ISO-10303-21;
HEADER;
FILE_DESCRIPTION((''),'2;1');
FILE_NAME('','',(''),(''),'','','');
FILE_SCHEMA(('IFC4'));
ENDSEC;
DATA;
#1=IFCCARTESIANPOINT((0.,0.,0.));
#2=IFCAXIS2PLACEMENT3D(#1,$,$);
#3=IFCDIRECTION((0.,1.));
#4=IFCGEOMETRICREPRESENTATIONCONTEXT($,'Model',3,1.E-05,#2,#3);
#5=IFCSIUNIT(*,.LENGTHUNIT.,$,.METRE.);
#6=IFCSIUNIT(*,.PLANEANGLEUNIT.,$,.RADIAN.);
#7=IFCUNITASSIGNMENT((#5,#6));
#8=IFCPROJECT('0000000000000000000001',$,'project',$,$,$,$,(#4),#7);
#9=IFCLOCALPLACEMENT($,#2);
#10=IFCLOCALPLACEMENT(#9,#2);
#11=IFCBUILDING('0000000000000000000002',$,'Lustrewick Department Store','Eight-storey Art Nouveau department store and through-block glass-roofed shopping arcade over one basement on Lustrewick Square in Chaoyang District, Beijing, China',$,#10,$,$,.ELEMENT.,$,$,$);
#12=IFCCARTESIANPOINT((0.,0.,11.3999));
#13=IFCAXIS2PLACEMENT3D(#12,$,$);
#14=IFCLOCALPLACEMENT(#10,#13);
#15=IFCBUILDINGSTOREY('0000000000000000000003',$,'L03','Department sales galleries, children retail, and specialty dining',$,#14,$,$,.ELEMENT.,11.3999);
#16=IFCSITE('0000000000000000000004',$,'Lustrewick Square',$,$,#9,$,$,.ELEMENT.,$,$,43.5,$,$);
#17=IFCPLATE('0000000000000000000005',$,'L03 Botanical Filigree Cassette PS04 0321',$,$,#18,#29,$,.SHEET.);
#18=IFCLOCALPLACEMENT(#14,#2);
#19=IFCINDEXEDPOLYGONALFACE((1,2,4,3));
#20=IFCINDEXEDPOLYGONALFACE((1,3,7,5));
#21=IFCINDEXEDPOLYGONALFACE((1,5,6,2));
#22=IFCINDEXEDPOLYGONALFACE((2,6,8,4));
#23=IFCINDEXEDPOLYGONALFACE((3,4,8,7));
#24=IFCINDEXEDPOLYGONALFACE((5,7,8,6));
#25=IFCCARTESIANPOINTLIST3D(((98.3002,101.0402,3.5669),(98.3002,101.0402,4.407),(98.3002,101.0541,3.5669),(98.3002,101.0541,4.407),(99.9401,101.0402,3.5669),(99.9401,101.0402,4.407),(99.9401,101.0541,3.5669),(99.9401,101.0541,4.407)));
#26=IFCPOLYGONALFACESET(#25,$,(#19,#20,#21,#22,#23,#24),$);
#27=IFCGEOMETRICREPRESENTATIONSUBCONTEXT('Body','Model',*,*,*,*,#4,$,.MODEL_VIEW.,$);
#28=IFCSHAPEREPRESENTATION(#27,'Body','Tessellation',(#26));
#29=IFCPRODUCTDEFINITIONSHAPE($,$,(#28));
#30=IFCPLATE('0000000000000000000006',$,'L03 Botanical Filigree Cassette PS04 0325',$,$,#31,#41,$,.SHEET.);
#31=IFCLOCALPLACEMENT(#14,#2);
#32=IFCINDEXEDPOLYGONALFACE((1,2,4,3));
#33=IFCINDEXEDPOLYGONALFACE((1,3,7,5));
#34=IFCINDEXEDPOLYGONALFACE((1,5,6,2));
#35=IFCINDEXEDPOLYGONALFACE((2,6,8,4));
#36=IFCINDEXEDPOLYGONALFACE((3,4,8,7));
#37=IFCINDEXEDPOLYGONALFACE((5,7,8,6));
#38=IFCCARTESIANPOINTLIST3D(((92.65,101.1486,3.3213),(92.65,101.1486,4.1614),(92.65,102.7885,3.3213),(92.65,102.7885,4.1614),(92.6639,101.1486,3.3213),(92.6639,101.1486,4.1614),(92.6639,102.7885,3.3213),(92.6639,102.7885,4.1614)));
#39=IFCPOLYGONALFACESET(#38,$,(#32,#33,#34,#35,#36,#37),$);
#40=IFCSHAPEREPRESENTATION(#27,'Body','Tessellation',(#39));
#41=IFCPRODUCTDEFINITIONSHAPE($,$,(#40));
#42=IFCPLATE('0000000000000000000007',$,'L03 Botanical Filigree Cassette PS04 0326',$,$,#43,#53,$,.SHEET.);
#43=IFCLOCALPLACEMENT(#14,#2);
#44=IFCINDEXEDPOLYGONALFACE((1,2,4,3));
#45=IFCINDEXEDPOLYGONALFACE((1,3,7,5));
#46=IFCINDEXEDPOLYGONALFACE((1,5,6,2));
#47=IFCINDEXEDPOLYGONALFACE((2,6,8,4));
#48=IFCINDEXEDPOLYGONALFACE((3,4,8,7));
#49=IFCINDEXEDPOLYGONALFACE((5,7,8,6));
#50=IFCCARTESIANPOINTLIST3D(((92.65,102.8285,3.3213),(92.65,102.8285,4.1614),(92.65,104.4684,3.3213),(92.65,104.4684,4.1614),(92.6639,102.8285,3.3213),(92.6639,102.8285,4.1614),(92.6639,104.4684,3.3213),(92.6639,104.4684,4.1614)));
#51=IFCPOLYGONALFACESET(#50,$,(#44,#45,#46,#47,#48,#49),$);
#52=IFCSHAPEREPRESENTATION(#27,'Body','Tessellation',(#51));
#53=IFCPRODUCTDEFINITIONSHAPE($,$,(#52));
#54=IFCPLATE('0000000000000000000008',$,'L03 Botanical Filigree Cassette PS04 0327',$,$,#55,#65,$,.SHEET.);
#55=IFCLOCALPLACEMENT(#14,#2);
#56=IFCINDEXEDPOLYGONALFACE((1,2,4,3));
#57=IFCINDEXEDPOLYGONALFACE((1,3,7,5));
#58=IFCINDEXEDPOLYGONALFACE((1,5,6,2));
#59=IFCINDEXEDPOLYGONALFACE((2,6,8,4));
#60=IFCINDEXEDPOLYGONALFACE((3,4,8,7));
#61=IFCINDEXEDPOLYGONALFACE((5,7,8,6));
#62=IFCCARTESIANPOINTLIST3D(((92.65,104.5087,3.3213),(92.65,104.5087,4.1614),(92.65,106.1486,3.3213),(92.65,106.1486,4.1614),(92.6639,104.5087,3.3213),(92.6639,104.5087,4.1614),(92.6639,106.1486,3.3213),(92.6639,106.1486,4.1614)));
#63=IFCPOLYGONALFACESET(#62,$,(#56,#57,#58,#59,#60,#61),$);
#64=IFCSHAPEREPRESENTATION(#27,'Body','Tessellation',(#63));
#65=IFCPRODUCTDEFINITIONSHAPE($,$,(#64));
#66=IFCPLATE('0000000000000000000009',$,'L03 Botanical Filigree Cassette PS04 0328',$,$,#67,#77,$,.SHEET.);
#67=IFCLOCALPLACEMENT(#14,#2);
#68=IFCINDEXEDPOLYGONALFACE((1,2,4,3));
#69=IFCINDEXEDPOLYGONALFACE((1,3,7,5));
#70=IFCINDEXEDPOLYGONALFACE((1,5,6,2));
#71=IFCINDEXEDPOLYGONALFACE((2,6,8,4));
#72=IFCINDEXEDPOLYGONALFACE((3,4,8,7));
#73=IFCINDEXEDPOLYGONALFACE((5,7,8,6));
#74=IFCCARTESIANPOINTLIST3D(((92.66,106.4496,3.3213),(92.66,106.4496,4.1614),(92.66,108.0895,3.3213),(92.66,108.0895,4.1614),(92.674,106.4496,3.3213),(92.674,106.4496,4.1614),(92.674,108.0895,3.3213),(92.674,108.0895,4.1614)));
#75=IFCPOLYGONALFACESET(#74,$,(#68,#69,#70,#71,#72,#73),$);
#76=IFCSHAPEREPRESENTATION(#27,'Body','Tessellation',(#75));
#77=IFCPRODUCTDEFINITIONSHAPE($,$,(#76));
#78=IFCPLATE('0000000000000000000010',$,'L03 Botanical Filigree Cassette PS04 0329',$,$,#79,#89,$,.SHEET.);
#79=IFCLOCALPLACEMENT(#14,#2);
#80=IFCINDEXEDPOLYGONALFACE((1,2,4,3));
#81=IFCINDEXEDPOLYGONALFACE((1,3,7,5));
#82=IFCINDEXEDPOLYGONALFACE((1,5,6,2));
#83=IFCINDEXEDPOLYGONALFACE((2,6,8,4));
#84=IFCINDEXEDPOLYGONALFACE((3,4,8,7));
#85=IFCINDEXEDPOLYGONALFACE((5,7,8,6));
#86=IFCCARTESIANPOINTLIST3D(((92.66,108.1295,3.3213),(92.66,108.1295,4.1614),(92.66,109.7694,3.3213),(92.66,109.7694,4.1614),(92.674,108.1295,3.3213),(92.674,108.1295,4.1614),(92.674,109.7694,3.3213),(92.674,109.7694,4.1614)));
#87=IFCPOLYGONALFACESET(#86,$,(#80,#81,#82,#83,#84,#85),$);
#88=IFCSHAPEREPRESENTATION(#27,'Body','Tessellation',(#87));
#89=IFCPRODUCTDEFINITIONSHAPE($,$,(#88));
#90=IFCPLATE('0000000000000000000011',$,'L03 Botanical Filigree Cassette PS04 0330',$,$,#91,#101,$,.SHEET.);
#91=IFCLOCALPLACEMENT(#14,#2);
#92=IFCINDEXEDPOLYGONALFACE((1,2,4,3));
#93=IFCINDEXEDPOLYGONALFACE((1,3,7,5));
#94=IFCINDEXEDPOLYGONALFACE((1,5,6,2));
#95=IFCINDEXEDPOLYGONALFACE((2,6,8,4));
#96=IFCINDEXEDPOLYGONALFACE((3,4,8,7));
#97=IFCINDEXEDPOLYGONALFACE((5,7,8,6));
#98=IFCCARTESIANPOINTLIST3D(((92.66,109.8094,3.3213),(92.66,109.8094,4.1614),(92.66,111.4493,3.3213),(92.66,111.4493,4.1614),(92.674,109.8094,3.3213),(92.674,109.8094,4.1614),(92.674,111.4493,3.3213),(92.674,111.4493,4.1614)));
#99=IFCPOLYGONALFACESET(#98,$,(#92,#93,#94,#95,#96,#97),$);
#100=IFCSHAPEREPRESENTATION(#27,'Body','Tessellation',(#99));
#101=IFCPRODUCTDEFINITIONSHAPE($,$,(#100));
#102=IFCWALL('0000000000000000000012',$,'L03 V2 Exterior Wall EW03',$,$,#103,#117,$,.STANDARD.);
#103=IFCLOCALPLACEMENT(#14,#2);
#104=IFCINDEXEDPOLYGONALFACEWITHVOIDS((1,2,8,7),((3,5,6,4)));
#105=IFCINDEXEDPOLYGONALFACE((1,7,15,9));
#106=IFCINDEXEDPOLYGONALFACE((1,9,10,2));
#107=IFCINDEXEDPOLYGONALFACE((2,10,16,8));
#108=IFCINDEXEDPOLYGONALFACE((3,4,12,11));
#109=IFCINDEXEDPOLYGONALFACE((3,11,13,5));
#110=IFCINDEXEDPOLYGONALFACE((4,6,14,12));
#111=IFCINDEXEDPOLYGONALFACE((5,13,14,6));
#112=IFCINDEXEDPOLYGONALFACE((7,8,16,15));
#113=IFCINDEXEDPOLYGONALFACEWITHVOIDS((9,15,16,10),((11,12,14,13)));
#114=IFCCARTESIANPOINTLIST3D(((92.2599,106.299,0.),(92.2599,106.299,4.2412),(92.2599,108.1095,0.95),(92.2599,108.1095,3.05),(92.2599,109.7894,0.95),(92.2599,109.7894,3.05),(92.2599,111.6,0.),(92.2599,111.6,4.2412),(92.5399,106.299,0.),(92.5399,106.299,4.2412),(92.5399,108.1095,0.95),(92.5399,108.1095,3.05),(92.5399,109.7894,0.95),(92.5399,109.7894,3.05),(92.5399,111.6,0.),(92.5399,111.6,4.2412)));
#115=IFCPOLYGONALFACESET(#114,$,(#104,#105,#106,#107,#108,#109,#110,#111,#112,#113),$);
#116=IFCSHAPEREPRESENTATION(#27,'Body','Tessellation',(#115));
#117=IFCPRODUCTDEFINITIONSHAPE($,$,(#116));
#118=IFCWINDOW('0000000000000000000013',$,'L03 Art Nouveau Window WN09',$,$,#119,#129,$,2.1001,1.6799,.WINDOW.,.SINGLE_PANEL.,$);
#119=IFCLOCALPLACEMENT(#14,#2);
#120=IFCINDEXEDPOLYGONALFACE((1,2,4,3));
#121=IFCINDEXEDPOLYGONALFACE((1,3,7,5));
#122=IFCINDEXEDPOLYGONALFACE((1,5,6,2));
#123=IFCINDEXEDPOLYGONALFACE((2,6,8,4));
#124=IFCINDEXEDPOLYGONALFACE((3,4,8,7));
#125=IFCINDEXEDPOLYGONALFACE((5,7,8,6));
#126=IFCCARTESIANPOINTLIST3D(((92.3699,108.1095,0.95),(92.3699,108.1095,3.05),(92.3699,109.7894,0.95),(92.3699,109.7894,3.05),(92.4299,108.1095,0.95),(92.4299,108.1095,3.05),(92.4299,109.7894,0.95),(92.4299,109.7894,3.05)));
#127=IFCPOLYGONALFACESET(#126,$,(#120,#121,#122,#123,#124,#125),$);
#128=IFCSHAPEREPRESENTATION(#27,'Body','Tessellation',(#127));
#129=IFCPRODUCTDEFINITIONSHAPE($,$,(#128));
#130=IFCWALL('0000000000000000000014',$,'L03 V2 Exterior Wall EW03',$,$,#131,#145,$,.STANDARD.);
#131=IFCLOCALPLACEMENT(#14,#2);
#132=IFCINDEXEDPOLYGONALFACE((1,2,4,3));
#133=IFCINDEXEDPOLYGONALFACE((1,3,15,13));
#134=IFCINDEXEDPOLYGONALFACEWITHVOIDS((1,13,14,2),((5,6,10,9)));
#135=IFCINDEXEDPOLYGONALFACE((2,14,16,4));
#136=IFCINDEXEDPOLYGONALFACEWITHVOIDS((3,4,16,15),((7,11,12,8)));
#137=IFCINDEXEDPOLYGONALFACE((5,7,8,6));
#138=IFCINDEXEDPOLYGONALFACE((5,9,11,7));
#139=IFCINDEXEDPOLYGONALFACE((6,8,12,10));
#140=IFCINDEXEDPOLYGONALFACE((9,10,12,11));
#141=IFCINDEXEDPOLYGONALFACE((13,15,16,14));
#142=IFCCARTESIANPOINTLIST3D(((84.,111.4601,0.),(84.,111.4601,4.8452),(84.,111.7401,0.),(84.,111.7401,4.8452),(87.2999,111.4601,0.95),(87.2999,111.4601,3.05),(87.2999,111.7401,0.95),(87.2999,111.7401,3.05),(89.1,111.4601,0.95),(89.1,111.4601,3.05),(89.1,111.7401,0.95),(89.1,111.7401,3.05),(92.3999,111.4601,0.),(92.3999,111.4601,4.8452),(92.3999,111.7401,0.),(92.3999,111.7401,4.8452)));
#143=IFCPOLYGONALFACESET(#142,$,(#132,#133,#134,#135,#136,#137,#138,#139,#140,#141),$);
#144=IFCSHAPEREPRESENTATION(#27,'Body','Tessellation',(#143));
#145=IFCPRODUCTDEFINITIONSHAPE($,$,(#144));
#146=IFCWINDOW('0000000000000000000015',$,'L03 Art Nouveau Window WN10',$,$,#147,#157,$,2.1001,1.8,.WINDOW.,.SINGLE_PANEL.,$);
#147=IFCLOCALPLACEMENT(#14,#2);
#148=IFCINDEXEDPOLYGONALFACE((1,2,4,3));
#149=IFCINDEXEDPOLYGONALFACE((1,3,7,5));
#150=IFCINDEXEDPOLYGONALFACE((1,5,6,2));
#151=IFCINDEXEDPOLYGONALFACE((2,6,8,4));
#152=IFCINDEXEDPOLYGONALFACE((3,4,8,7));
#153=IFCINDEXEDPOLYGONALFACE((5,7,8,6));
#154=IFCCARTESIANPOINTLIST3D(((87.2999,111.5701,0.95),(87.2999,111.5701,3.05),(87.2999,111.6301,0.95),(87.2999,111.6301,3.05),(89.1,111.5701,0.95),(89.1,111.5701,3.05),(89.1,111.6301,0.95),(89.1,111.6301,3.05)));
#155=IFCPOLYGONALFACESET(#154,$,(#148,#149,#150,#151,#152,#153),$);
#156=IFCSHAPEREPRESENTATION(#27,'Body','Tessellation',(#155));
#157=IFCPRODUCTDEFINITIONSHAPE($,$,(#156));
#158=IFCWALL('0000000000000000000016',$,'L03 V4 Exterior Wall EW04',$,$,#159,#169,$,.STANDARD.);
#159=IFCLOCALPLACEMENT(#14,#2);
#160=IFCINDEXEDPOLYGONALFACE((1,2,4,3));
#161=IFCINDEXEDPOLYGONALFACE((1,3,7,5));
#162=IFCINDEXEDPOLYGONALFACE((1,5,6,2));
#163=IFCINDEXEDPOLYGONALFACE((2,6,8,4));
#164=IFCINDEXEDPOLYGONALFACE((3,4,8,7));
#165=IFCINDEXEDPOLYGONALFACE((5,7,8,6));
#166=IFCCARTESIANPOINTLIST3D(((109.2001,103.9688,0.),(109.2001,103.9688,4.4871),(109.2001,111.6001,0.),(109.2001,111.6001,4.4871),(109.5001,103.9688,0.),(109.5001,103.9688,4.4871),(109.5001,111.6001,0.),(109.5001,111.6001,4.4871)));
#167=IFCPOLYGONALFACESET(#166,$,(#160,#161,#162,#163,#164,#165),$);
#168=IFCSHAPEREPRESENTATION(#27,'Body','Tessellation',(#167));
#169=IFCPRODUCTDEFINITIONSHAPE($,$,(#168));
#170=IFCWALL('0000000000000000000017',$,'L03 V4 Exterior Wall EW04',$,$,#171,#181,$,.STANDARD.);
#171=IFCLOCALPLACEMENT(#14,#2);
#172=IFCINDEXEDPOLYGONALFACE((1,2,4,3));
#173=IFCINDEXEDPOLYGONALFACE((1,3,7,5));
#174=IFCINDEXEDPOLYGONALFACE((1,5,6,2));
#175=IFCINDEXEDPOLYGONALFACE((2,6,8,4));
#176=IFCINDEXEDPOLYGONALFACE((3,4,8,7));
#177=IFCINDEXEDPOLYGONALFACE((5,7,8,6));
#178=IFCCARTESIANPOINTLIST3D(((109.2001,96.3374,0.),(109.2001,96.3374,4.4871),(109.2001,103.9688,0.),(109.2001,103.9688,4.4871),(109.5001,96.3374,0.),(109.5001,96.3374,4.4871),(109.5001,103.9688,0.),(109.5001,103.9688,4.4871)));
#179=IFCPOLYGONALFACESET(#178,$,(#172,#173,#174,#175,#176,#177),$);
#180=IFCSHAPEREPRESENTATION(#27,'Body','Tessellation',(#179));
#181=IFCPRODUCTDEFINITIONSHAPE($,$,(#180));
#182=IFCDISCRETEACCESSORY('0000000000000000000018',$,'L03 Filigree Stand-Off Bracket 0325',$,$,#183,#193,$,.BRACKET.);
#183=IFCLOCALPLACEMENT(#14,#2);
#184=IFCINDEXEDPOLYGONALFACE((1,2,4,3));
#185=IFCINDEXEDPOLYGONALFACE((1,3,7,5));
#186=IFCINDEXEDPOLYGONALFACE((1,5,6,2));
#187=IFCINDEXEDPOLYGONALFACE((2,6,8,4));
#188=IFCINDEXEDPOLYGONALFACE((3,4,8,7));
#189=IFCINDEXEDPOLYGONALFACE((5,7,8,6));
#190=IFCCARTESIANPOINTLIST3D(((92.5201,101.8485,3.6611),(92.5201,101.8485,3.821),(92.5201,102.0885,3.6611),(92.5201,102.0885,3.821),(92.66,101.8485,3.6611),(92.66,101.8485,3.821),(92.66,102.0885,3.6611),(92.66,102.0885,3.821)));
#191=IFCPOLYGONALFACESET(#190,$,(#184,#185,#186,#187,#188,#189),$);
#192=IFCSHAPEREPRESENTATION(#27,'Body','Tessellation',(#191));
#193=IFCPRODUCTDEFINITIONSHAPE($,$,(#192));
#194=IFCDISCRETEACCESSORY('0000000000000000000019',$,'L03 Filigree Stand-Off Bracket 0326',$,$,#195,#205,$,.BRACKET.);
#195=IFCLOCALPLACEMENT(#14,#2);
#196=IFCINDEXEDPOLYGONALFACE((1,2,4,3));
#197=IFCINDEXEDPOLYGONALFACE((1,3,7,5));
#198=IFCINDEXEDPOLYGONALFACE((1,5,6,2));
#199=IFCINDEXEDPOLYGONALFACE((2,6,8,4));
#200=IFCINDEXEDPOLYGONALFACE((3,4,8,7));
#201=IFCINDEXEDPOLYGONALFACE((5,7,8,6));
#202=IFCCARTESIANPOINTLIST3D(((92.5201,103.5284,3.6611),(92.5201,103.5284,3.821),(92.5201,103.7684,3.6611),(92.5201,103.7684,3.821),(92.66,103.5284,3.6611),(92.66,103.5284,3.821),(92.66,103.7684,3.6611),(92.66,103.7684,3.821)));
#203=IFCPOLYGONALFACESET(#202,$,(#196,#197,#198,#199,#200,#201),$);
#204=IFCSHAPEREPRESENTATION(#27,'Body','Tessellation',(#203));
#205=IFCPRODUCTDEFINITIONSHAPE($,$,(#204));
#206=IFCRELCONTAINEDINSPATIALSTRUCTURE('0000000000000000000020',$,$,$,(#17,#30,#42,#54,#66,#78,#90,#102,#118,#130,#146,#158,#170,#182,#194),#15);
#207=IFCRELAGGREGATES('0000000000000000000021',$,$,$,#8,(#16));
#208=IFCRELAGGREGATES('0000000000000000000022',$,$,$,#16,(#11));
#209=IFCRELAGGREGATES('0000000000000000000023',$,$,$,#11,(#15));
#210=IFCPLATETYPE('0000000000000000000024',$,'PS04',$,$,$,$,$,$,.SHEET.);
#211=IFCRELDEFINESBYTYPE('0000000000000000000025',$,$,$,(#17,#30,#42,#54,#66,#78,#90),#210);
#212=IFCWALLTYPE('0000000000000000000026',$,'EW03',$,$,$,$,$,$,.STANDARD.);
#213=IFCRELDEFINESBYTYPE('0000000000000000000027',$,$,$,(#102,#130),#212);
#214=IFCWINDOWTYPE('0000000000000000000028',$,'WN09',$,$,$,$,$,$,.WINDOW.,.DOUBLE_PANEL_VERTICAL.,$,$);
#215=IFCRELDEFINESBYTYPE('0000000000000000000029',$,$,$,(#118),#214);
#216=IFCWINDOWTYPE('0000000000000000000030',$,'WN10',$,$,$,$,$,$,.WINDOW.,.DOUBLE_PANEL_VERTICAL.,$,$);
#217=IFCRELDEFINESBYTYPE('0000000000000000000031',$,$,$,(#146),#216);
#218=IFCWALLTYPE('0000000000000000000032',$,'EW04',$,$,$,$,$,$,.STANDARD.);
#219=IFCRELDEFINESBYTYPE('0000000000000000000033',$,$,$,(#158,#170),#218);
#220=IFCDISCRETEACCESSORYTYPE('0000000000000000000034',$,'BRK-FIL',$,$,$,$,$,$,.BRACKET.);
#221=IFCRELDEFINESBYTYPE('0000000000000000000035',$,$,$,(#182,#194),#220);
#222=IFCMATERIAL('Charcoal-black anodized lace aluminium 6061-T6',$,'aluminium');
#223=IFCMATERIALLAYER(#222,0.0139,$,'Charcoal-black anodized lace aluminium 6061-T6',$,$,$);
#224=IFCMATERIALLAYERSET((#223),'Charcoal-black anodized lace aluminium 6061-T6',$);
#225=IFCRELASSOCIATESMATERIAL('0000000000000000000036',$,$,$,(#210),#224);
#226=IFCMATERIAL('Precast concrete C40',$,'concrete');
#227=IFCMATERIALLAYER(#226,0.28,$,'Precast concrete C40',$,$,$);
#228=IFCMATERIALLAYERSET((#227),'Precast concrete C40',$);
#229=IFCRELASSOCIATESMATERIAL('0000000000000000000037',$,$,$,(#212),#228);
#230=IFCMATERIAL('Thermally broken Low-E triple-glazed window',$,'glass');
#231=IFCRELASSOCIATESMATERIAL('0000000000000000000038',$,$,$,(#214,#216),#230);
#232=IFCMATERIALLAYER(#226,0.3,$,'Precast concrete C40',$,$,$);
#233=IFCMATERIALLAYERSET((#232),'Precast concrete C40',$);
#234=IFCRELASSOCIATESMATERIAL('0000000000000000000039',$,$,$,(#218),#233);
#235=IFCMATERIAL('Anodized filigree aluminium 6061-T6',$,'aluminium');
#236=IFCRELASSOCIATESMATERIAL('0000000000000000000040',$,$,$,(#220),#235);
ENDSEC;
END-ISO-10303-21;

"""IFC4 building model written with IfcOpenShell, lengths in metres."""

from ifc_helpers import new_model, si_unit, direction, frame, frame_2d, origin, origin_2d, place, context, subcontext, project, spatial, rectangle, extrude, material, layer, layer_set, type_object, element, fill, save


model = new_model("IFC4")

# Units and contexts
model_context = context("Model", 3, precision=1e-05, world=origin(), true_north=direction((0.0, 1.0)))
body_context = subcontext(model_context, "Body", "Model", "MODEL_VIEW")
ifc_project = project(units=[si_unit("LENGTHUNIT", "METRE"), si_unit("PLANEANGLEUNIT", "RADIAN")], contexts=[model_context])

# Site, building, storey
site_placement = place(None, origin())
site = spatial("IfcSite", under=ifc_project, at=site_placement, Name="Lustrewick Square", CompositionType="ELEMENT", RefElevation=43.5)
building_placement = place(site_placement, origin())
building = spatial("IfcBuilding", under=site, at=building_placement, Name="Lustrewick Department Store", Description="Eight-storey Art Nouveau department store and through-block glass-roofed shopping arcade over one basement on Lustrewick Square in Chaoyang District, Beijing, China", CompositionType="ELEMENT")
storey_placement = place(building_placement, frame((0.0, 0.0, 11.3999)))
storey = spatial("IfcBuildingStorey", under=building, at=storey_placement, Name="L03", Description="Department sales galleries, children retail, and specialty dining", CompositionType="ELEMENT", Elevation=11.3999)

# Plates
ifc_material_1 = material(Name="Charcoal-black anodized lace aluminium 6061-T6", Category="aluminium")
ifc_layer_1 = layer(ifc_material_1, 0.0139, Name="Charcoal-black anodized lace aluminium 6061-T6")
ifc_layer_set_1 = layer_set([ifc_layer_1], Name="Charcoal-black anodized lace aluminium 6061-T6")
plate_type_1 = type_object("IfcPlateType", Name="PS04", PredefinedType="SHEET", material=ifc_layer_set_1)
for number, where, z_axis, x_axis, name in (
    (1, (99.1201, 101.0471, 3.5669), (0.0, 0.0, 1.0), (-1.0, 0.0, 0.0), "L03 Botanical Filigree Cassette PS04 0321"),
    (2, (92.657, 101.9685, 3.3213), (0.0, 0.0, 1.0), (0.0, 1.0, 0.0), "L03 Botanical Filigree Cassette PS04 0325"),
    (3, (92.657, 103.6484, 3.3213), (0.0, 0.0, 1.0), (0.0, 1.0, 0.0), "L03 Botanical Filigree Cassette PS04 0326"),
    (4, (92.657, 105.3286, 3.3213), (0.0, 0.0, 1.0), (0.0, 1.0, 0.0), "L03 Botanical Filigree Cassette PS04 0327"),
    (5, (92.667, 107.2695, 3.3213), (0.0, 0.0, 1.0), (0.0, 1.0, 0.0), "L03 Botanical Filigree Cassette PS04 0328"),
    (6, (92.667, 108.9495, 3.3213), (0.0, 0.0, 1.0), (0.0, 1.0, 0.0), "L03 Botanical Filigree Cassette PS04 0329"),
    (7, (92.667, 110.6294, 3.3213), (0.0, 0.0, 1.0), (0.0, 1.0, 0.0), "L03 Botanical Filigree Cassette PS04 0330"),
):
    element("IfcPlate", number, at=place(storey_placement, frame(where, z_axis=z_axis, x_axis=x_axis)), inside=storey, type_object=plate_type_1, Name=name, PredefinedType="SHEET", context=body_context, shape_type="SweptSolid", body=[
        extrude(rectangle(XDim=1.6399, YDim=0.0139, at=origin_2d()), origin(), (0.0, 0.0, 1.0), 0.8401),
    ])

# Walls, openings, windows
ifc_material_2 = material(Name="Precast concrete C40", Category="concrete")
ifc_layer_2 = layer(ifc_material_2, 0.28, Name="Precast concrete C40")
ifc_layer_set_2 = layer_set([ifc_layer_2], Name="Precast concrete C40")
wall_type_1 = type_object("IfcWallType", Name="EW03", PredefinedType="STANDARD", material=ifc_layer_set_2)
wall_1_placement = place(storey_placement, frame((92.3999, 106.2991, 0.0), z_axis=(0.0, 0.0, 1.0), x_axis=(0.0, 1.0, 0.0)))
wall_1 = element("IfcWall", 8, at=wall_1_placement, inside=storey, type_object=wall_type_1, Name="L03 V2 Exterior Wall EW03", PredefinedType="STANDARD", context=body_context, shape_type="SweptSolid", body=[
    extrude(rectangle(XDim=5.301, YDim=0.28, at=frame_2d((2.6504, 0.0))), origin(), (0.0, 0.0, 1.0), 4.2412),
])
opening_1_placement = place(wall_1_placement, frame((1.8105, 0.0, 0.95)))
opening_1 = element("IfcOpeningElement", 9, at=opening_1_placement, cuts=wall_1, PredefinedType="OPENING", context=body_context, shape_type="SweptSolid", body=[
    extrude(rectangle(XDim=1.6799, YDim=2.1001, at=frame_2d((0.8398, 1.05))), frame((0.0, 0.1499, 0.0), z_axis=(0.0, -1.0, 0.0), x_axis=(1.0, 0.0, 0.0)), (0.0, 0.0, 1.0), 0.3),
])
ifc_material_3 = material(Name="Thermally broken Low-E triple-glazed window", Category="glass")
window_type_1 = type_object("IfcWindowType", Name="WN09", PartitioningType="DOUBLE_PANEL_VERTICAL", PredefinedType="WINDOW", material=ifc_material_3)
window_1_placement = place(opening_1_placement, origin())
window_1 = element("IfcWindow", 10, at=window_1_placement, inside=storey, type_object=window_type_1, Name="L03 Art Nouveau Window WN09", OverallHeight=2.1001, OverallWidth=1.6799, PartitioningType="SINGLE_PANEL", PredefinedType="WINDOW", context=body_context, shape_type="SweptSolid", body=[
    extrude(rectangle(XDim=1.6799, YDim=2.1001, at=frame_2d((0.8398, 1.05))), frame((0.0, 0.03, 0.0), z_axis=(0.0, -1.0, 0.0), x_axis=(1.0, 0.0, 0.0)), (0.0, 0.0, 1.0), 0.0601),
])
fill(opening_1, window_1)
wall_2_placement = place(storey_placement, frame((92.3999, 111.6001, 0.0), z_axis=(0.0, 0.0, 1.0), x_axis=(-1.0, 0.0, 0.0)))
wall_2 = element("IfcWall", 11, at=wall_2_placement, inside=storey, type_object=wall_type_1, Name="L03 V2 Exterior Wall EW03", PredefinedType="STANDARD", context=body_context, shape_type="SweptSolid", body=[
    extrude(rectangle(XDim=8.3999, YDim=0.28, at=frame_2d((4.2, 0.0))), origin(), (0.0, 0.0, 1.0), 4.8452),
])
opening_2_placement = place(wall_2_placement, frame((3.3, 0.0, 0.95)))
opening_2 = element("IfcOpeningElement", 12, at=opening_2_placement, cuts=wall_2, PredefinedType="OPENING", context=body_context, shape_type="SweptSolid", body=[
    extrude(rectangle(XDim=1.8, YDim=2.1001, at=frame_2d((0.8999, 1.05))), frame((0.0, 0.1499, 0.0), z_axis=(0.0, -1.0, 0.0), x_axis=(1.0, 0.0, 0.0)), (0.0, 0.0, 1.0), 0.3),
])
window_type_2 = type_object("IfcWindowType", Name="WN10", PartitioningType="DOUBLE_PANEL_VERTICAL", PredefinedType="WINDOW", material=ifc_material_3)
window_2_placement = place(opening_2_placement, origin())
window_2 = element("IfcWindow", 13, at=window_2_placement, inside=storey, type_object=window_type_2, Name="L03 Art Nouveau Window WN10", OverallHeight=2.1001, OverallWidth=1.8, PartitioningType="SINGLE_PANEL", PredefinedType="WINDOW", context=body_context, shape_type="SweptSolid", body=[
    extrude(rectangle(XDim=1.8, YDim=2.1001, at=frame_2d((0.8999, 1.05))), frame((0.0, 0.03, 0.0), z_axis=(0.0, -1.0, 0.0), x_axis=(1.0, 0.0, 0.0)), (0.0, 0.0, 1.0), 0.0601),
])
fill(opening_2, window_2)

# Walls
ifc_layer_3 = layer(ifc_material_2, 0.3, Name="Precast concrete C40")
ifc_layer_set_3 = layer_set([ifc_layer_3], Name="Precast concrete C40")
wall_type_2 = type_object("IfcWallType", Name="EW04", PredefinedType="STANDARD", material=ifc_layer_set_3)
for number, where, z_axis, x_axis, name in (
    (14, (109.3501, 111.6001, 0.0), (0.0, 0.0, 1.0), (0.0, -1.0, 0.0), "L03 V4 Exterior Wall EW04"),
    (15, (109.3501, 103.9688, 0.0), (0.0, 0.0, 1.0), (0.0, -1.0, 0.0), "L03 V4 Exterior Wall EW04"),
):
    element("IfcWall", number, at=place(storey_placement, frame(where, z_axis=z_axis, x_axis=x_axis)), inside=storey, type_object=wall_type_2, Name=name, PredefinedType="STANDARD", context=body_context, shape_type="SweptSolid", body=[
        extrude(rectangle(XDim=7.6313, YDim=0.3, at=frame_2d((3.8157, 0.0))), origin(), (0.0, 0.0, 1.0), 4.4871),
    ])

# Discrete accessories
ifc_material_4 = material(Name="Anodized filigree aluminium 6061-T6", Category="aluminium")
discrete_accessory_type_1 = type_object("IfcDiscreteAccessoryType", Name="BRK-FIL", PredefinedType="BRACKET", material=ifc_material_4)
for number, where, z_axis, x_axis, name in (
    (16, (92.5901, 101.9685, 3.6611), (0.0, 0.0, 1.0), (0.0, 1.0, 0.0), "L03 Filigree Stand-Off Bracket 0325"),
    (17, (92.5901, 103.6484, 3.6611), (0.0, 0.0, 1.0), (0.0, 1.0, 0.0), "L03 Filigree Stand-Off Bracket 0326"),
):
    element("IfcDiscreteAccessory", number, at=place(storey_placement, frame(where, z_axis=z_axis, x_axis=x_axis)), inside=storey, type_object=discrete_accessory_type_1, Name=name, PredefinedType="BRACKET", context=body_context, shape_type="SweptSolid", body=[
        extrude(rectangle(XDim=0.24, YDim=0.1399, at=origin_2d()), origin(), (0.0, 0.0, 1.0), 0.1599),
    ])

save(model, "model.ifc")
